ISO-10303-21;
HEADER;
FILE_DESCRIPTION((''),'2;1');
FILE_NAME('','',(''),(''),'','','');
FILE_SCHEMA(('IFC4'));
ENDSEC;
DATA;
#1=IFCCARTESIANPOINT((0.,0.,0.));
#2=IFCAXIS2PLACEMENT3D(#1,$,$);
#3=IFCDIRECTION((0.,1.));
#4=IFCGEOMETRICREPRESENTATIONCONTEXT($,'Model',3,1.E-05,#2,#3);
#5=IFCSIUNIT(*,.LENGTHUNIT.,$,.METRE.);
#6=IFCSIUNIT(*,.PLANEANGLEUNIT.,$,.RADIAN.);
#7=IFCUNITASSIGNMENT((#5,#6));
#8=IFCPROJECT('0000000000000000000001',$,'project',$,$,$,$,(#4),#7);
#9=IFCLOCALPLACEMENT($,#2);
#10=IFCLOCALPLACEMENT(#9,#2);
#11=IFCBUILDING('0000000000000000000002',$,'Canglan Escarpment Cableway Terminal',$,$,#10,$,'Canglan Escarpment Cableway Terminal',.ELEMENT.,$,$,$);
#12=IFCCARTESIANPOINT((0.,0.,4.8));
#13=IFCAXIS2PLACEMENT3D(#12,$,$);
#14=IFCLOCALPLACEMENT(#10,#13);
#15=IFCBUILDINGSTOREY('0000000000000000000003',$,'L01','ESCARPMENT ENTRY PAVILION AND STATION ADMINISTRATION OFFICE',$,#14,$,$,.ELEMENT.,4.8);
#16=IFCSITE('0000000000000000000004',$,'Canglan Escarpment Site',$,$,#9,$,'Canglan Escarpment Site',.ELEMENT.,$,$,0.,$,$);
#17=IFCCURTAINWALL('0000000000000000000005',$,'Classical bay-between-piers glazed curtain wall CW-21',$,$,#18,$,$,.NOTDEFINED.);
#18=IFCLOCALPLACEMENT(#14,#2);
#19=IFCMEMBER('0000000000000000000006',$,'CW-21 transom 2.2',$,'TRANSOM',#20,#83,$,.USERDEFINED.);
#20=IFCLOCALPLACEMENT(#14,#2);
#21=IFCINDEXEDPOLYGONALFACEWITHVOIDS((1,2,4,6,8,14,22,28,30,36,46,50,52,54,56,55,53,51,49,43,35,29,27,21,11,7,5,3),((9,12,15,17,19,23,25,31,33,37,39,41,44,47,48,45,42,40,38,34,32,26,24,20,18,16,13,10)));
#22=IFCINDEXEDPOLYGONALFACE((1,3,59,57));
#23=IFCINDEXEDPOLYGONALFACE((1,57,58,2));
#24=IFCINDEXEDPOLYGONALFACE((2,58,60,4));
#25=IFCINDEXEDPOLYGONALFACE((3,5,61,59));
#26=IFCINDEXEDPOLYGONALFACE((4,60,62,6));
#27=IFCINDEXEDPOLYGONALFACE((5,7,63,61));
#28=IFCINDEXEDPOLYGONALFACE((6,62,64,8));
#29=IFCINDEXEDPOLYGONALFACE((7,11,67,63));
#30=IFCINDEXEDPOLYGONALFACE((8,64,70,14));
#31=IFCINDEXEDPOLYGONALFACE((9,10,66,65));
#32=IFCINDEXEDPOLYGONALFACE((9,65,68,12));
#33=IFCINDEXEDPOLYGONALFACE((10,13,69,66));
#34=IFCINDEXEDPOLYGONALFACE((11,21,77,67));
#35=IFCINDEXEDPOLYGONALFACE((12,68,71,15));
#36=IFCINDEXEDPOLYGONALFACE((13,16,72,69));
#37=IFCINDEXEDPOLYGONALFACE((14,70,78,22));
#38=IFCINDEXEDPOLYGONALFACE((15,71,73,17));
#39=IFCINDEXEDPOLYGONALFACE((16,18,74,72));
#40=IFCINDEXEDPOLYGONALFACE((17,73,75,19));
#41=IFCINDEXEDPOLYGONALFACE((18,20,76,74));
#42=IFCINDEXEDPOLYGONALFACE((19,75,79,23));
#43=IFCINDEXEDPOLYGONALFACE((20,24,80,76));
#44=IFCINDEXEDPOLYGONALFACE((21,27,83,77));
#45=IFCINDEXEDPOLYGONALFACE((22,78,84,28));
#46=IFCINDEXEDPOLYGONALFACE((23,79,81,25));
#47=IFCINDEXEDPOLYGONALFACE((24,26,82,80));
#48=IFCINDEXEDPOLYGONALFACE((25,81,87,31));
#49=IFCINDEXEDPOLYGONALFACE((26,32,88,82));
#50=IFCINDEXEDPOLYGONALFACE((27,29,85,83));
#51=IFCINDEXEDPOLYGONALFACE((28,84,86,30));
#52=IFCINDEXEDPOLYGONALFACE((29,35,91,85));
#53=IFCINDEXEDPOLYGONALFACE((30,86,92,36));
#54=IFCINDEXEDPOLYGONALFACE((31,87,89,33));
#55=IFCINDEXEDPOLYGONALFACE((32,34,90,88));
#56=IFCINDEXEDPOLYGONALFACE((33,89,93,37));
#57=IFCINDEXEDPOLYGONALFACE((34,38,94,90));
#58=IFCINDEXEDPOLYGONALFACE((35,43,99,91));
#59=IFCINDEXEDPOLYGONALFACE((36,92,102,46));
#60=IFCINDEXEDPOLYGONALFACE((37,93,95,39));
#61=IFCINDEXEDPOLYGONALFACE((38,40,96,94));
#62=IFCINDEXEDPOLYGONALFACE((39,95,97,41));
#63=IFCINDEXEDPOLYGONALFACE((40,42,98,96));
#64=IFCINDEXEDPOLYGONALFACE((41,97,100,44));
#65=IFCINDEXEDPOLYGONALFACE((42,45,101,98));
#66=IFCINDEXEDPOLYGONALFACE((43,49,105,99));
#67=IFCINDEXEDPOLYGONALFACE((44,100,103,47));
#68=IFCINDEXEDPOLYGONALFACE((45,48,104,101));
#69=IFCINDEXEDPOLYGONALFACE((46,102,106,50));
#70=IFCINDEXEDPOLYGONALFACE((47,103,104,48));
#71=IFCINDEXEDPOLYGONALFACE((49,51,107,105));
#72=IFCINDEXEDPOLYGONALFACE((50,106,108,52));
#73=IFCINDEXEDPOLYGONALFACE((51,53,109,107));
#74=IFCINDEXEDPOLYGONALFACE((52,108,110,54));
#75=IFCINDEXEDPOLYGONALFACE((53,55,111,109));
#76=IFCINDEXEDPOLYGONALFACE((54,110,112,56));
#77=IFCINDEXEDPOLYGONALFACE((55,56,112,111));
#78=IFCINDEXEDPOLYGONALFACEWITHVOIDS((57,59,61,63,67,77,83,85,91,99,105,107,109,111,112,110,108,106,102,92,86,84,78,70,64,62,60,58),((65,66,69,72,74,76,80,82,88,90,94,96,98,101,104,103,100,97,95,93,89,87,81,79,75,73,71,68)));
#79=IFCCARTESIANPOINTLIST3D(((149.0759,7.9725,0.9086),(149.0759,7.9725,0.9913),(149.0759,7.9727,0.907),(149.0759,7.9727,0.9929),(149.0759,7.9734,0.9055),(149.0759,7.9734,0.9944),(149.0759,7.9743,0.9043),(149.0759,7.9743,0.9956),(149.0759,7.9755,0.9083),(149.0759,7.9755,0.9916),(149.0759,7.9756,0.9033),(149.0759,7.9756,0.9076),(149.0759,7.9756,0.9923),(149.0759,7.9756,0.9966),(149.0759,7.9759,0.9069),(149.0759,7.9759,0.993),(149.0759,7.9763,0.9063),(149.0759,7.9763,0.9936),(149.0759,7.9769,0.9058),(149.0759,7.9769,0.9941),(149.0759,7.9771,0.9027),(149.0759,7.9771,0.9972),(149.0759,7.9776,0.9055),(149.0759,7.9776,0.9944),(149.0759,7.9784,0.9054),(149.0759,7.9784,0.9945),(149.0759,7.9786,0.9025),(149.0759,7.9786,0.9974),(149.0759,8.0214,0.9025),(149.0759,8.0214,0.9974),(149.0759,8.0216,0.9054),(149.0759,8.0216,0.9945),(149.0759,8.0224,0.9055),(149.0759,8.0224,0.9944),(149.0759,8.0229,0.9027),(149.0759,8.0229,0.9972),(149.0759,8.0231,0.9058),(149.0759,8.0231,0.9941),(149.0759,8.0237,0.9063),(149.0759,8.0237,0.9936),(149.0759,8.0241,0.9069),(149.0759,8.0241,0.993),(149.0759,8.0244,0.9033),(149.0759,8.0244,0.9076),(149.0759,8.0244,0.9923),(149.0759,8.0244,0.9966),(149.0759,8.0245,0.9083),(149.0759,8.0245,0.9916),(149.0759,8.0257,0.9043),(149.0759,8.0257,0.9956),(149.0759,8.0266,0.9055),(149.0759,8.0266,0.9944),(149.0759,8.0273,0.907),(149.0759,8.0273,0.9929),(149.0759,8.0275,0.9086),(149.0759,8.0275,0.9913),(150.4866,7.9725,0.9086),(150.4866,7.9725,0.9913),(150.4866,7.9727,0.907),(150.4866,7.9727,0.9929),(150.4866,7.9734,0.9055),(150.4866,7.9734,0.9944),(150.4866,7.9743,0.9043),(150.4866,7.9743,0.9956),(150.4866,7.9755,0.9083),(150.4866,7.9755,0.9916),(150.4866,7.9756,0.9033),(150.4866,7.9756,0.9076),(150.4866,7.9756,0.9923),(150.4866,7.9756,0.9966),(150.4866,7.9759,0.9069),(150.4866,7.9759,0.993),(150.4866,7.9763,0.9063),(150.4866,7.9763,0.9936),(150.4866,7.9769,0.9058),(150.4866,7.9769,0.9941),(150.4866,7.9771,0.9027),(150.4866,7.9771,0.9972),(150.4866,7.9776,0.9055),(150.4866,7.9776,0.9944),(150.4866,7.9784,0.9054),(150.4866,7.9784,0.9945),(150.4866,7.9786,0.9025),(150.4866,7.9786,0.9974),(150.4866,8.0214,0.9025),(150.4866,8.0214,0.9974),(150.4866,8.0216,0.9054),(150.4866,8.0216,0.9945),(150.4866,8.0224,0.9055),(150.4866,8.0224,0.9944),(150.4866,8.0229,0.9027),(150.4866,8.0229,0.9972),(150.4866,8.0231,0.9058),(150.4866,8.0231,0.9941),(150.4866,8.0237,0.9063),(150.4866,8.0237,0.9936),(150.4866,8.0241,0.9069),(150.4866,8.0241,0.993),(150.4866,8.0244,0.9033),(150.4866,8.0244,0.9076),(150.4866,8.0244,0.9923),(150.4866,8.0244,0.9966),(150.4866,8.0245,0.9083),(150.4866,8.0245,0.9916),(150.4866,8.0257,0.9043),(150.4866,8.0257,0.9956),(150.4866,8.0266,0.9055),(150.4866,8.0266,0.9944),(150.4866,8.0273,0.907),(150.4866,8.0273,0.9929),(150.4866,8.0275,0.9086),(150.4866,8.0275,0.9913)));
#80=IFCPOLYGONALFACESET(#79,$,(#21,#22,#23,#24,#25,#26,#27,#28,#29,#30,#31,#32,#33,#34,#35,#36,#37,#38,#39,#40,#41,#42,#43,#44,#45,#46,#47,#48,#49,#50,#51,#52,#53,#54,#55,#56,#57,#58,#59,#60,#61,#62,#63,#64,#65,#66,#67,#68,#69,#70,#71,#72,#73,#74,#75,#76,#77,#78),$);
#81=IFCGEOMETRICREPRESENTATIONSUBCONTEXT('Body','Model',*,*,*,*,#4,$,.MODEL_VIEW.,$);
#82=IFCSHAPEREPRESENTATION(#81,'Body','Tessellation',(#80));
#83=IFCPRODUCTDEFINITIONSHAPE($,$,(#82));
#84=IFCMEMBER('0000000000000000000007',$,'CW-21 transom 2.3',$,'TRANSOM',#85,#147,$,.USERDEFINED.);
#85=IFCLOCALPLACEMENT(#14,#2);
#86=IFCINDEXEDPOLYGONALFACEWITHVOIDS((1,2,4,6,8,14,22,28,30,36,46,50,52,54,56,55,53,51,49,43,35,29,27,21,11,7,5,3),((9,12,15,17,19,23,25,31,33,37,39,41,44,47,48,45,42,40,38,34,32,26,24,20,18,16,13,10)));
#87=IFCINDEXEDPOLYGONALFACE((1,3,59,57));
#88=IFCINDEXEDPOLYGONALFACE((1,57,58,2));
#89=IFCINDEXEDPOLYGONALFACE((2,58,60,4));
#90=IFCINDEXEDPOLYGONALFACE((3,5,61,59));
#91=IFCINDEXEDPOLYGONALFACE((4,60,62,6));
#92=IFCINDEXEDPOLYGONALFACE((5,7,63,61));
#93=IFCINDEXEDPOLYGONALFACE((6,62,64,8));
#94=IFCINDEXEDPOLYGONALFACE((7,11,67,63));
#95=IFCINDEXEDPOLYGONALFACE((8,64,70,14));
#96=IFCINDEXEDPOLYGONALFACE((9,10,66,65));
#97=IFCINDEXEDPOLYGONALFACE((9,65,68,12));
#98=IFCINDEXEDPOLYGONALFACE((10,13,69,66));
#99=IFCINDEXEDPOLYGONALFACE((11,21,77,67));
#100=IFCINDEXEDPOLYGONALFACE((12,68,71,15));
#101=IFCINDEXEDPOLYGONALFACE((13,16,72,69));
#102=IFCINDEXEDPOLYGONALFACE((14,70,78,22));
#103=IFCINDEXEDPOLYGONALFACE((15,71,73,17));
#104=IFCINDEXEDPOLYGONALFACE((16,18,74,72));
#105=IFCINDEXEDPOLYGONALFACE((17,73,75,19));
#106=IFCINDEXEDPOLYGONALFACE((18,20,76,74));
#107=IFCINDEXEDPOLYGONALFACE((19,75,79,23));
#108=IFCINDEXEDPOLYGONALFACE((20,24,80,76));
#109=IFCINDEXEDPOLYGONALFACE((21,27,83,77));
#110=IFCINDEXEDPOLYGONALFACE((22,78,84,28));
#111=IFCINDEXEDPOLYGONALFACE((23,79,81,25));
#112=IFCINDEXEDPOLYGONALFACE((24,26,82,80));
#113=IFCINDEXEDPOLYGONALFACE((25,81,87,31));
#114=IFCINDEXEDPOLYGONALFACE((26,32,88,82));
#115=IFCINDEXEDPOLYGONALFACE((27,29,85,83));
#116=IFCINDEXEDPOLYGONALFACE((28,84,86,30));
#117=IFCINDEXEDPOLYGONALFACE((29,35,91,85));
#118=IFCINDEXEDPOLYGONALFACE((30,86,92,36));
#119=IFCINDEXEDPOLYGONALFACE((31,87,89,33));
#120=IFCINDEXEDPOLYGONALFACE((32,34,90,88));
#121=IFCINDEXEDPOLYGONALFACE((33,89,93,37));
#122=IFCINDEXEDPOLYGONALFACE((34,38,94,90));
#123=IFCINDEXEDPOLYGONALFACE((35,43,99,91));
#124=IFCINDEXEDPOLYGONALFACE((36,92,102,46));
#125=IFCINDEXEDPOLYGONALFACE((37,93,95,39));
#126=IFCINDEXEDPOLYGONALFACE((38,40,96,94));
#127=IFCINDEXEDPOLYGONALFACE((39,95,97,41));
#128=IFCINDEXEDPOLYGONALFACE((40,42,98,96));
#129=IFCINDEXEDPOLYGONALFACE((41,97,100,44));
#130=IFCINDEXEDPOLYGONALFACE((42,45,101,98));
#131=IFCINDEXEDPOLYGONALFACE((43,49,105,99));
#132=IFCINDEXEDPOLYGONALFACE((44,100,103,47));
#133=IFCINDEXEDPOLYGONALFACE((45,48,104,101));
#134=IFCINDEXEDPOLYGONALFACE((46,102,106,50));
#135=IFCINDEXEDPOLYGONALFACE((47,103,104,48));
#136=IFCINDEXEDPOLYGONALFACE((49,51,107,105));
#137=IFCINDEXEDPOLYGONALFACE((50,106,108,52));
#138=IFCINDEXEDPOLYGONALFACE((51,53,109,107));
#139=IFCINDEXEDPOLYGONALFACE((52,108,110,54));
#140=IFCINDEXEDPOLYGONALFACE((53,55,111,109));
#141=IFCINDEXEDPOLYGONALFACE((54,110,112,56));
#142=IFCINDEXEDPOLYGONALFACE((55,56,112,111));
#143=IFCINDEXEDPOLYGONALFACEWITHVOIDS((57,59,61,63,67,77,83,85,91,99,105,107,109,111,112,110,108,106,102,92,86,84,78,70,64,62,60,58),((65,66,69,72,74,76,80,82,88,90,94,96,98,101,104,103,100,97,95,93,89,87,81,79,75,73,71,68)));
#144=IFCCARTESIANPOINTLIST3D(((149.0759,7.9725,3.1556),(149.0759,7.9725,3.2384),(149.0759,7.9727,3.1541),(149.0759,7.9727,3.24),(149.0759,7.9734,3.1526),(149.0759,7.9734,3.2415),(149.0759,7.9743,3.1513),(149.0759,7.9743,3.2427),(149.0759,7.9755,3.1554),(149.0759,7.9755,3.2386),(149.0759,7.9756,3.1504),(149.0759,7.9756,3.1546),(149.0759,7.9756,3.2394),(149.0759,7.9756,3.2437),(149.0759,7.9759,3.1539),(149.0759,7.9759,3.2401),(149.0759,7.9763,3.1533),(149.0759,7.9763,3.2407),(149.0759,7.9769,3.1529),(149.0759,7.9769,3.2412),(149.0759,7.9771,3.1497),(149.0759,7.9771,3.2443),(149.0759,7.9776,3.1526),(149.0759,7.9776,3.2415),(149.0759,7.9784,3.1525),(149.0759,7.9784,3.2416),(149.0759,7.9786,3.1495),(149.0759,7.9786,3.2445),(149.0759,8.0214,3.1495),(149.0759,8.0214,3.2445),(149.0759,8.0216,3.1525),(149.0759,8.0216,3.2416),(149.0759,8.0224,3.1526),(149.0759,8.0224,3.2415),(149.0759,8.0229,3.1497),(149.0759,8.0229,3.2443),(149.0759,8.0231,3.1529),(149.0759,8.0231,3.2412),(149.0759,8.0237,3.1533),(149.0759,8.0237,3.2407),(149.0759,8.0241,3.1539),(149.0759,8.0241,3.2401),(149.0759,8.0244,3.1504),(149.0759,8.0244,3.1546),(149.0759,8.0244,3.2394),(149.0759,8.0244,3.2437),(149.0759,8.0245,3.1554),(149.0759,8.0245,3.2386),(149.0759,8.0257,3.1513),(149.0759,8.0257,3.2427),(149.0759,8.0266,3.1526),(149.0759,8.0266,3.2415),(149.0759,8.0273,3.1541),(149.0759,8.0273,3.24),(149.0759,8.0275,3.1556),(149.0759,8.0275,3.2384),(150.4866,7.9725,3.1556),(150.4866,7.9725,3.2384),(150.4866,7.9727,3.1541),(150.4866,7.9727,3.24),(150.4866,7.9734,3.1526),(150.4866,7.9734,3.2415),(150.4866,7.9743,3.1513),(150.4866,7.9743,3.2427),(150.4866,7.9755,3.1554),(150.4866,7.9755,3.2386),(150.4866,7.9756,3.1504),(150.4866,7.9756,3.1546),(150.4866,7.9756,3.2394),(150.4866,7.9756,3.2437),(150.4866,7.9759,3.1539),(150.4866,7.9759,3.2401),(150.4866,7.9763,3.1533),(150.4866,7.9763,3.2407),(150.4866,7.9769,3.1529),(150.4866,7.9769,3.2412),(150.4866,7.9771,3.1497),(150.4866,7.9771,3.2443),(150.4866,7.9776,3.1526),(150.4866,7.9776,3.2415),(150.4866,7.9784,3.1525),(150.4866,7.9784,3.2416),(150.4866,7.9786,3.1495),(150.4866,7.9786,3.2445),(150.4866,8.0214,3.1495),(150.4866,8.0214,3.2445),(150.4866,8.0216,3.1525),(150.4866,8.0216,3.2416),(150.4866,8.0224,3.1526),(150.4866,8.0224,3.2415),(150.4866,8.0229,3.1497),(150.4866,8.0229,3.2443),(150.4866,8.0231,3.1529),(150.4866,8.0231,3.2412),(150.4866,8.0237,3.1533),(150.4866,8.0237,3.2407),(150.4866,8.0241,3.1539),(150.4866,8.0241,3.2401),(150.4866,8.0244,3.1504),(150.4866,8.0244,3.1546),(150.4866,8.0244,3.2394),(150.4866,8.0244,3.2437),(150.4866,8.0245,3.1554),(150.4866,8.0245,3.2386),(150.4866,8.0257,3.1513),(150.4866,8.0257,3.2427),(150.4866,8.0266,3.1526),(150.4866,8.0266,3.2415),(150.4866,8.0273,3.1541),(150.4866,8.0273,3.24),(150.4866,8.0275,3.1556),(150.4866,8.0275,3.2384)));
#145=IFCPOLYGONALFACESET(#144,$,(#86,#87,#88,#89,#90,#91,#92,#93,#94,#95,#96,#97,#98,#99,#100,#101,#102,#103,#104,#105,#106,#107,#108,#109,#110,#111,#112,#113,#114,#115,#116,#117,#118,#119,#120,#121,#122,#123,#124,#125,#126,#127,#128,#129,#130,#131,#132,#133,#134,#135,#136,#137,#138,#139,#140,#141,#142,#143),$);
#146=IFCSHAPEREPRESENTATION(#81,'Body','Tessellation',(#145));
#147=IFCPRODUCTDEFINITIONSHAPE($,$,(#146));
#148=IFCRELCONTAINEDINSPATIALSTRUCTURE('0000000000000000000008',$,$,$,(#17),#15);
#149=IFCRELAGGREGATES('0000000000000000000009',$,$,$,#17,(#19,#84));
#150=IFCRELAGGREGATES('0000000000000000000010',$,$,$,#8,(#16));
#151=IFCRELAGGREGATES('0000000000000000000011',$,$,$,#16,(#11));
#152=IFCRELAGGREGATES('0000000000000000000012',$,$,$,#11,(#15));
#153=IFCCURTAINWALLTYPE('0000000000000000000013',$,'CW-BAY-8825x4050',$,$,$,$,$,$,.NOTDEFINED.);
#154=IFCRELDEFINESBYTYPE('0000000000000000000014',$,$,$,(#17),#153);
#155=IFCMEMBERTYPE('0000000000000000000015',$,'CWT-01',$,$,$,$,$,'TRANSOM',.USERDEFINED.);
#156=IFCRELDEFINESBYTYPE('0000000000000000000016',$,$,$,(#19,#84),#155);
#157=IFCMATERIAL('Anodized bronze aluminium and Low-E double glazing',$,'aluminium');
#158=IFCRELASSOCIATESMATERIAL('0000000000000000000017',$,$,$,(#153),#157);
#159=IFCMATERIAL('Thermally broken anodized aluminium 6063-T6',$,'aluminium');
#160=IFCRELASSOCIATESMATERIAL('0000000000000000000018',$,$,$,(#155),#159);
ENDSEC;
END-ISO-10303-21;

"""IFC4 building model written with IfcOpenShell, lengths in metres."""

from ifc_helpers import new_model, si_unit, direction, frame, origin, origin_2d, place, context, subcontext, project, spatial, hollow_rectangle, extrude, material, material_profile, profile_set, type_object, element, aggregate, save


model = new_model("IFC4")

# Units and contexts
model_context = context("Model", 3, precision=1e-05, world=origin(), true_north=direction((0.0, 1.0)))
body_context = subcontext(model_context, "Body", "Model", "MODEL_VIEW")
ifc_project = project(units=[si_unit("LENGTHUNIT", "METRE"), si_unit("PLANEANGLEUNIT", "RADIAN")], contexts=[model_context])

# Site, building, storey
site_placement = place(None, origin())
site = spatial("IfcSite", under=ifc_project, at=site_placement, Name="Canglan Escarpment Site", LongName="Canglan Escarpment Site", CompositionType="ELEMENT", RefElevation=0.0)
building_placement = place(site_placement, origin())
building = spatial("IfcBuilding", under=site, at=building_placement, Name="Canglan Escarpment Cableway Terminal", LongName="Canglan Escarpment Cableway Terminal", CompositionType="ELEMENT")
storey_placement = place(building_placement, frame((0.0, 0.0, 4.8)))
storey = spatial("IfcBuildingStorey", under=building, at=storey_placement, Name="L01", Description="ESCARPMENT ENTRY PAVILION AND STATION ADMINISTRATION OFFICE", CompositionType="ELEMENT", Elevation=4.8)

# Curtain wall, members
ifc_material_1 = material(Name="Anodized bronze aluminium and Low-E double glazing", Category="aluminium")
curtain_wall_type = type_object("IfcCurtainWallType", Name="CW-BAY-8825x4050", PredefinedType="NOTDEFINED", material=ifc_material_1)
curtain_wall_placement = place(storey_placement, origin())
curtain_wall = element("IfcCurtainWall", 1, at=curtain_wall_placement, inside=storey, type_object=curtain_wall_type, Name="Classical bay-between-piers glazed curtain wall CW-21", PredefinedType="NOTDEFINED")
ifc_material_2 = material(Name="Thermally broken anodized aluminium 6063-T6", Category="aluminium")
ifc_material_profile_1 = material_profile(ifc_material_2, hollow_rectangle(XDim=0.0549, YDim=0.095, WallThickness=0.0029, InnerFilletRadius=0.0029, OuterFilletRadius=0.0061, at=origin_2d()), Name="ALU-TRAN 55x95x3")
ifc_profile_set_1 = profile_set([ifc_material_profile_1], Name="Thermally broken anodized aluminium 6063-T6")
member_type_1 = type_object("IfcMemberType", Name="CWT-01", ElementType="TRANSOM", PredefinedType="USERDEFINED", material=ifc_profile_set_1)
member_1_placement = place(storey_placement, frame((149.0759, 8.0, 0.95), z_axis=(1.0, 0.0, 0.0), x_axis=(0.0, 1.0, 0.0)))
member_1 = element("IfcMember", 2, at=member_1_placement, type_object=member_type_1, Name="CW-21 transom 2.2", ObjectType="TRANSOM", PredefinedType="USERDEFINED", context=body_context, shape_type="SweptSolid", body=[
    extrude(hollow_rectangle(XDim=0.0549, YDim=0.095, WallThickness=0.0029, InnerFilletRadius=0.0029, OuterFilletRadius=0.0061, at=origin_2d()), origin(), (0.0, 0.0, 1.0), 1.4106),
])
member_2_placement = place(storey_placement, frame((149.0759, 8.0, 3.197), z_axis=(1.0, 0.0, 0.0), x_axis=(0.0, 1.0, 0.0)))
member_2 = element("IfcMember", 3, at=member_2_placement, type_object=member_type_1, Name="CW-21 transom 2.3", ObjectType="TRANSOM", PredefinedType="USERDEFINED", context=body_context, shape_type="SweptSolid", body=[
    extrude(hollow_rectangle(XDim=0.0549, YDim=0.095, WallThickness=0.0029, InnerFilletRadius=0.0029, OuterFilletRadius=0.0061, at=origin_2d()), origin(), (0.0, 0.0, 1.0), 1.4106),
])
aggregate(curtain_wall, [member_1, member_2])

save(model, "model.ifc")
